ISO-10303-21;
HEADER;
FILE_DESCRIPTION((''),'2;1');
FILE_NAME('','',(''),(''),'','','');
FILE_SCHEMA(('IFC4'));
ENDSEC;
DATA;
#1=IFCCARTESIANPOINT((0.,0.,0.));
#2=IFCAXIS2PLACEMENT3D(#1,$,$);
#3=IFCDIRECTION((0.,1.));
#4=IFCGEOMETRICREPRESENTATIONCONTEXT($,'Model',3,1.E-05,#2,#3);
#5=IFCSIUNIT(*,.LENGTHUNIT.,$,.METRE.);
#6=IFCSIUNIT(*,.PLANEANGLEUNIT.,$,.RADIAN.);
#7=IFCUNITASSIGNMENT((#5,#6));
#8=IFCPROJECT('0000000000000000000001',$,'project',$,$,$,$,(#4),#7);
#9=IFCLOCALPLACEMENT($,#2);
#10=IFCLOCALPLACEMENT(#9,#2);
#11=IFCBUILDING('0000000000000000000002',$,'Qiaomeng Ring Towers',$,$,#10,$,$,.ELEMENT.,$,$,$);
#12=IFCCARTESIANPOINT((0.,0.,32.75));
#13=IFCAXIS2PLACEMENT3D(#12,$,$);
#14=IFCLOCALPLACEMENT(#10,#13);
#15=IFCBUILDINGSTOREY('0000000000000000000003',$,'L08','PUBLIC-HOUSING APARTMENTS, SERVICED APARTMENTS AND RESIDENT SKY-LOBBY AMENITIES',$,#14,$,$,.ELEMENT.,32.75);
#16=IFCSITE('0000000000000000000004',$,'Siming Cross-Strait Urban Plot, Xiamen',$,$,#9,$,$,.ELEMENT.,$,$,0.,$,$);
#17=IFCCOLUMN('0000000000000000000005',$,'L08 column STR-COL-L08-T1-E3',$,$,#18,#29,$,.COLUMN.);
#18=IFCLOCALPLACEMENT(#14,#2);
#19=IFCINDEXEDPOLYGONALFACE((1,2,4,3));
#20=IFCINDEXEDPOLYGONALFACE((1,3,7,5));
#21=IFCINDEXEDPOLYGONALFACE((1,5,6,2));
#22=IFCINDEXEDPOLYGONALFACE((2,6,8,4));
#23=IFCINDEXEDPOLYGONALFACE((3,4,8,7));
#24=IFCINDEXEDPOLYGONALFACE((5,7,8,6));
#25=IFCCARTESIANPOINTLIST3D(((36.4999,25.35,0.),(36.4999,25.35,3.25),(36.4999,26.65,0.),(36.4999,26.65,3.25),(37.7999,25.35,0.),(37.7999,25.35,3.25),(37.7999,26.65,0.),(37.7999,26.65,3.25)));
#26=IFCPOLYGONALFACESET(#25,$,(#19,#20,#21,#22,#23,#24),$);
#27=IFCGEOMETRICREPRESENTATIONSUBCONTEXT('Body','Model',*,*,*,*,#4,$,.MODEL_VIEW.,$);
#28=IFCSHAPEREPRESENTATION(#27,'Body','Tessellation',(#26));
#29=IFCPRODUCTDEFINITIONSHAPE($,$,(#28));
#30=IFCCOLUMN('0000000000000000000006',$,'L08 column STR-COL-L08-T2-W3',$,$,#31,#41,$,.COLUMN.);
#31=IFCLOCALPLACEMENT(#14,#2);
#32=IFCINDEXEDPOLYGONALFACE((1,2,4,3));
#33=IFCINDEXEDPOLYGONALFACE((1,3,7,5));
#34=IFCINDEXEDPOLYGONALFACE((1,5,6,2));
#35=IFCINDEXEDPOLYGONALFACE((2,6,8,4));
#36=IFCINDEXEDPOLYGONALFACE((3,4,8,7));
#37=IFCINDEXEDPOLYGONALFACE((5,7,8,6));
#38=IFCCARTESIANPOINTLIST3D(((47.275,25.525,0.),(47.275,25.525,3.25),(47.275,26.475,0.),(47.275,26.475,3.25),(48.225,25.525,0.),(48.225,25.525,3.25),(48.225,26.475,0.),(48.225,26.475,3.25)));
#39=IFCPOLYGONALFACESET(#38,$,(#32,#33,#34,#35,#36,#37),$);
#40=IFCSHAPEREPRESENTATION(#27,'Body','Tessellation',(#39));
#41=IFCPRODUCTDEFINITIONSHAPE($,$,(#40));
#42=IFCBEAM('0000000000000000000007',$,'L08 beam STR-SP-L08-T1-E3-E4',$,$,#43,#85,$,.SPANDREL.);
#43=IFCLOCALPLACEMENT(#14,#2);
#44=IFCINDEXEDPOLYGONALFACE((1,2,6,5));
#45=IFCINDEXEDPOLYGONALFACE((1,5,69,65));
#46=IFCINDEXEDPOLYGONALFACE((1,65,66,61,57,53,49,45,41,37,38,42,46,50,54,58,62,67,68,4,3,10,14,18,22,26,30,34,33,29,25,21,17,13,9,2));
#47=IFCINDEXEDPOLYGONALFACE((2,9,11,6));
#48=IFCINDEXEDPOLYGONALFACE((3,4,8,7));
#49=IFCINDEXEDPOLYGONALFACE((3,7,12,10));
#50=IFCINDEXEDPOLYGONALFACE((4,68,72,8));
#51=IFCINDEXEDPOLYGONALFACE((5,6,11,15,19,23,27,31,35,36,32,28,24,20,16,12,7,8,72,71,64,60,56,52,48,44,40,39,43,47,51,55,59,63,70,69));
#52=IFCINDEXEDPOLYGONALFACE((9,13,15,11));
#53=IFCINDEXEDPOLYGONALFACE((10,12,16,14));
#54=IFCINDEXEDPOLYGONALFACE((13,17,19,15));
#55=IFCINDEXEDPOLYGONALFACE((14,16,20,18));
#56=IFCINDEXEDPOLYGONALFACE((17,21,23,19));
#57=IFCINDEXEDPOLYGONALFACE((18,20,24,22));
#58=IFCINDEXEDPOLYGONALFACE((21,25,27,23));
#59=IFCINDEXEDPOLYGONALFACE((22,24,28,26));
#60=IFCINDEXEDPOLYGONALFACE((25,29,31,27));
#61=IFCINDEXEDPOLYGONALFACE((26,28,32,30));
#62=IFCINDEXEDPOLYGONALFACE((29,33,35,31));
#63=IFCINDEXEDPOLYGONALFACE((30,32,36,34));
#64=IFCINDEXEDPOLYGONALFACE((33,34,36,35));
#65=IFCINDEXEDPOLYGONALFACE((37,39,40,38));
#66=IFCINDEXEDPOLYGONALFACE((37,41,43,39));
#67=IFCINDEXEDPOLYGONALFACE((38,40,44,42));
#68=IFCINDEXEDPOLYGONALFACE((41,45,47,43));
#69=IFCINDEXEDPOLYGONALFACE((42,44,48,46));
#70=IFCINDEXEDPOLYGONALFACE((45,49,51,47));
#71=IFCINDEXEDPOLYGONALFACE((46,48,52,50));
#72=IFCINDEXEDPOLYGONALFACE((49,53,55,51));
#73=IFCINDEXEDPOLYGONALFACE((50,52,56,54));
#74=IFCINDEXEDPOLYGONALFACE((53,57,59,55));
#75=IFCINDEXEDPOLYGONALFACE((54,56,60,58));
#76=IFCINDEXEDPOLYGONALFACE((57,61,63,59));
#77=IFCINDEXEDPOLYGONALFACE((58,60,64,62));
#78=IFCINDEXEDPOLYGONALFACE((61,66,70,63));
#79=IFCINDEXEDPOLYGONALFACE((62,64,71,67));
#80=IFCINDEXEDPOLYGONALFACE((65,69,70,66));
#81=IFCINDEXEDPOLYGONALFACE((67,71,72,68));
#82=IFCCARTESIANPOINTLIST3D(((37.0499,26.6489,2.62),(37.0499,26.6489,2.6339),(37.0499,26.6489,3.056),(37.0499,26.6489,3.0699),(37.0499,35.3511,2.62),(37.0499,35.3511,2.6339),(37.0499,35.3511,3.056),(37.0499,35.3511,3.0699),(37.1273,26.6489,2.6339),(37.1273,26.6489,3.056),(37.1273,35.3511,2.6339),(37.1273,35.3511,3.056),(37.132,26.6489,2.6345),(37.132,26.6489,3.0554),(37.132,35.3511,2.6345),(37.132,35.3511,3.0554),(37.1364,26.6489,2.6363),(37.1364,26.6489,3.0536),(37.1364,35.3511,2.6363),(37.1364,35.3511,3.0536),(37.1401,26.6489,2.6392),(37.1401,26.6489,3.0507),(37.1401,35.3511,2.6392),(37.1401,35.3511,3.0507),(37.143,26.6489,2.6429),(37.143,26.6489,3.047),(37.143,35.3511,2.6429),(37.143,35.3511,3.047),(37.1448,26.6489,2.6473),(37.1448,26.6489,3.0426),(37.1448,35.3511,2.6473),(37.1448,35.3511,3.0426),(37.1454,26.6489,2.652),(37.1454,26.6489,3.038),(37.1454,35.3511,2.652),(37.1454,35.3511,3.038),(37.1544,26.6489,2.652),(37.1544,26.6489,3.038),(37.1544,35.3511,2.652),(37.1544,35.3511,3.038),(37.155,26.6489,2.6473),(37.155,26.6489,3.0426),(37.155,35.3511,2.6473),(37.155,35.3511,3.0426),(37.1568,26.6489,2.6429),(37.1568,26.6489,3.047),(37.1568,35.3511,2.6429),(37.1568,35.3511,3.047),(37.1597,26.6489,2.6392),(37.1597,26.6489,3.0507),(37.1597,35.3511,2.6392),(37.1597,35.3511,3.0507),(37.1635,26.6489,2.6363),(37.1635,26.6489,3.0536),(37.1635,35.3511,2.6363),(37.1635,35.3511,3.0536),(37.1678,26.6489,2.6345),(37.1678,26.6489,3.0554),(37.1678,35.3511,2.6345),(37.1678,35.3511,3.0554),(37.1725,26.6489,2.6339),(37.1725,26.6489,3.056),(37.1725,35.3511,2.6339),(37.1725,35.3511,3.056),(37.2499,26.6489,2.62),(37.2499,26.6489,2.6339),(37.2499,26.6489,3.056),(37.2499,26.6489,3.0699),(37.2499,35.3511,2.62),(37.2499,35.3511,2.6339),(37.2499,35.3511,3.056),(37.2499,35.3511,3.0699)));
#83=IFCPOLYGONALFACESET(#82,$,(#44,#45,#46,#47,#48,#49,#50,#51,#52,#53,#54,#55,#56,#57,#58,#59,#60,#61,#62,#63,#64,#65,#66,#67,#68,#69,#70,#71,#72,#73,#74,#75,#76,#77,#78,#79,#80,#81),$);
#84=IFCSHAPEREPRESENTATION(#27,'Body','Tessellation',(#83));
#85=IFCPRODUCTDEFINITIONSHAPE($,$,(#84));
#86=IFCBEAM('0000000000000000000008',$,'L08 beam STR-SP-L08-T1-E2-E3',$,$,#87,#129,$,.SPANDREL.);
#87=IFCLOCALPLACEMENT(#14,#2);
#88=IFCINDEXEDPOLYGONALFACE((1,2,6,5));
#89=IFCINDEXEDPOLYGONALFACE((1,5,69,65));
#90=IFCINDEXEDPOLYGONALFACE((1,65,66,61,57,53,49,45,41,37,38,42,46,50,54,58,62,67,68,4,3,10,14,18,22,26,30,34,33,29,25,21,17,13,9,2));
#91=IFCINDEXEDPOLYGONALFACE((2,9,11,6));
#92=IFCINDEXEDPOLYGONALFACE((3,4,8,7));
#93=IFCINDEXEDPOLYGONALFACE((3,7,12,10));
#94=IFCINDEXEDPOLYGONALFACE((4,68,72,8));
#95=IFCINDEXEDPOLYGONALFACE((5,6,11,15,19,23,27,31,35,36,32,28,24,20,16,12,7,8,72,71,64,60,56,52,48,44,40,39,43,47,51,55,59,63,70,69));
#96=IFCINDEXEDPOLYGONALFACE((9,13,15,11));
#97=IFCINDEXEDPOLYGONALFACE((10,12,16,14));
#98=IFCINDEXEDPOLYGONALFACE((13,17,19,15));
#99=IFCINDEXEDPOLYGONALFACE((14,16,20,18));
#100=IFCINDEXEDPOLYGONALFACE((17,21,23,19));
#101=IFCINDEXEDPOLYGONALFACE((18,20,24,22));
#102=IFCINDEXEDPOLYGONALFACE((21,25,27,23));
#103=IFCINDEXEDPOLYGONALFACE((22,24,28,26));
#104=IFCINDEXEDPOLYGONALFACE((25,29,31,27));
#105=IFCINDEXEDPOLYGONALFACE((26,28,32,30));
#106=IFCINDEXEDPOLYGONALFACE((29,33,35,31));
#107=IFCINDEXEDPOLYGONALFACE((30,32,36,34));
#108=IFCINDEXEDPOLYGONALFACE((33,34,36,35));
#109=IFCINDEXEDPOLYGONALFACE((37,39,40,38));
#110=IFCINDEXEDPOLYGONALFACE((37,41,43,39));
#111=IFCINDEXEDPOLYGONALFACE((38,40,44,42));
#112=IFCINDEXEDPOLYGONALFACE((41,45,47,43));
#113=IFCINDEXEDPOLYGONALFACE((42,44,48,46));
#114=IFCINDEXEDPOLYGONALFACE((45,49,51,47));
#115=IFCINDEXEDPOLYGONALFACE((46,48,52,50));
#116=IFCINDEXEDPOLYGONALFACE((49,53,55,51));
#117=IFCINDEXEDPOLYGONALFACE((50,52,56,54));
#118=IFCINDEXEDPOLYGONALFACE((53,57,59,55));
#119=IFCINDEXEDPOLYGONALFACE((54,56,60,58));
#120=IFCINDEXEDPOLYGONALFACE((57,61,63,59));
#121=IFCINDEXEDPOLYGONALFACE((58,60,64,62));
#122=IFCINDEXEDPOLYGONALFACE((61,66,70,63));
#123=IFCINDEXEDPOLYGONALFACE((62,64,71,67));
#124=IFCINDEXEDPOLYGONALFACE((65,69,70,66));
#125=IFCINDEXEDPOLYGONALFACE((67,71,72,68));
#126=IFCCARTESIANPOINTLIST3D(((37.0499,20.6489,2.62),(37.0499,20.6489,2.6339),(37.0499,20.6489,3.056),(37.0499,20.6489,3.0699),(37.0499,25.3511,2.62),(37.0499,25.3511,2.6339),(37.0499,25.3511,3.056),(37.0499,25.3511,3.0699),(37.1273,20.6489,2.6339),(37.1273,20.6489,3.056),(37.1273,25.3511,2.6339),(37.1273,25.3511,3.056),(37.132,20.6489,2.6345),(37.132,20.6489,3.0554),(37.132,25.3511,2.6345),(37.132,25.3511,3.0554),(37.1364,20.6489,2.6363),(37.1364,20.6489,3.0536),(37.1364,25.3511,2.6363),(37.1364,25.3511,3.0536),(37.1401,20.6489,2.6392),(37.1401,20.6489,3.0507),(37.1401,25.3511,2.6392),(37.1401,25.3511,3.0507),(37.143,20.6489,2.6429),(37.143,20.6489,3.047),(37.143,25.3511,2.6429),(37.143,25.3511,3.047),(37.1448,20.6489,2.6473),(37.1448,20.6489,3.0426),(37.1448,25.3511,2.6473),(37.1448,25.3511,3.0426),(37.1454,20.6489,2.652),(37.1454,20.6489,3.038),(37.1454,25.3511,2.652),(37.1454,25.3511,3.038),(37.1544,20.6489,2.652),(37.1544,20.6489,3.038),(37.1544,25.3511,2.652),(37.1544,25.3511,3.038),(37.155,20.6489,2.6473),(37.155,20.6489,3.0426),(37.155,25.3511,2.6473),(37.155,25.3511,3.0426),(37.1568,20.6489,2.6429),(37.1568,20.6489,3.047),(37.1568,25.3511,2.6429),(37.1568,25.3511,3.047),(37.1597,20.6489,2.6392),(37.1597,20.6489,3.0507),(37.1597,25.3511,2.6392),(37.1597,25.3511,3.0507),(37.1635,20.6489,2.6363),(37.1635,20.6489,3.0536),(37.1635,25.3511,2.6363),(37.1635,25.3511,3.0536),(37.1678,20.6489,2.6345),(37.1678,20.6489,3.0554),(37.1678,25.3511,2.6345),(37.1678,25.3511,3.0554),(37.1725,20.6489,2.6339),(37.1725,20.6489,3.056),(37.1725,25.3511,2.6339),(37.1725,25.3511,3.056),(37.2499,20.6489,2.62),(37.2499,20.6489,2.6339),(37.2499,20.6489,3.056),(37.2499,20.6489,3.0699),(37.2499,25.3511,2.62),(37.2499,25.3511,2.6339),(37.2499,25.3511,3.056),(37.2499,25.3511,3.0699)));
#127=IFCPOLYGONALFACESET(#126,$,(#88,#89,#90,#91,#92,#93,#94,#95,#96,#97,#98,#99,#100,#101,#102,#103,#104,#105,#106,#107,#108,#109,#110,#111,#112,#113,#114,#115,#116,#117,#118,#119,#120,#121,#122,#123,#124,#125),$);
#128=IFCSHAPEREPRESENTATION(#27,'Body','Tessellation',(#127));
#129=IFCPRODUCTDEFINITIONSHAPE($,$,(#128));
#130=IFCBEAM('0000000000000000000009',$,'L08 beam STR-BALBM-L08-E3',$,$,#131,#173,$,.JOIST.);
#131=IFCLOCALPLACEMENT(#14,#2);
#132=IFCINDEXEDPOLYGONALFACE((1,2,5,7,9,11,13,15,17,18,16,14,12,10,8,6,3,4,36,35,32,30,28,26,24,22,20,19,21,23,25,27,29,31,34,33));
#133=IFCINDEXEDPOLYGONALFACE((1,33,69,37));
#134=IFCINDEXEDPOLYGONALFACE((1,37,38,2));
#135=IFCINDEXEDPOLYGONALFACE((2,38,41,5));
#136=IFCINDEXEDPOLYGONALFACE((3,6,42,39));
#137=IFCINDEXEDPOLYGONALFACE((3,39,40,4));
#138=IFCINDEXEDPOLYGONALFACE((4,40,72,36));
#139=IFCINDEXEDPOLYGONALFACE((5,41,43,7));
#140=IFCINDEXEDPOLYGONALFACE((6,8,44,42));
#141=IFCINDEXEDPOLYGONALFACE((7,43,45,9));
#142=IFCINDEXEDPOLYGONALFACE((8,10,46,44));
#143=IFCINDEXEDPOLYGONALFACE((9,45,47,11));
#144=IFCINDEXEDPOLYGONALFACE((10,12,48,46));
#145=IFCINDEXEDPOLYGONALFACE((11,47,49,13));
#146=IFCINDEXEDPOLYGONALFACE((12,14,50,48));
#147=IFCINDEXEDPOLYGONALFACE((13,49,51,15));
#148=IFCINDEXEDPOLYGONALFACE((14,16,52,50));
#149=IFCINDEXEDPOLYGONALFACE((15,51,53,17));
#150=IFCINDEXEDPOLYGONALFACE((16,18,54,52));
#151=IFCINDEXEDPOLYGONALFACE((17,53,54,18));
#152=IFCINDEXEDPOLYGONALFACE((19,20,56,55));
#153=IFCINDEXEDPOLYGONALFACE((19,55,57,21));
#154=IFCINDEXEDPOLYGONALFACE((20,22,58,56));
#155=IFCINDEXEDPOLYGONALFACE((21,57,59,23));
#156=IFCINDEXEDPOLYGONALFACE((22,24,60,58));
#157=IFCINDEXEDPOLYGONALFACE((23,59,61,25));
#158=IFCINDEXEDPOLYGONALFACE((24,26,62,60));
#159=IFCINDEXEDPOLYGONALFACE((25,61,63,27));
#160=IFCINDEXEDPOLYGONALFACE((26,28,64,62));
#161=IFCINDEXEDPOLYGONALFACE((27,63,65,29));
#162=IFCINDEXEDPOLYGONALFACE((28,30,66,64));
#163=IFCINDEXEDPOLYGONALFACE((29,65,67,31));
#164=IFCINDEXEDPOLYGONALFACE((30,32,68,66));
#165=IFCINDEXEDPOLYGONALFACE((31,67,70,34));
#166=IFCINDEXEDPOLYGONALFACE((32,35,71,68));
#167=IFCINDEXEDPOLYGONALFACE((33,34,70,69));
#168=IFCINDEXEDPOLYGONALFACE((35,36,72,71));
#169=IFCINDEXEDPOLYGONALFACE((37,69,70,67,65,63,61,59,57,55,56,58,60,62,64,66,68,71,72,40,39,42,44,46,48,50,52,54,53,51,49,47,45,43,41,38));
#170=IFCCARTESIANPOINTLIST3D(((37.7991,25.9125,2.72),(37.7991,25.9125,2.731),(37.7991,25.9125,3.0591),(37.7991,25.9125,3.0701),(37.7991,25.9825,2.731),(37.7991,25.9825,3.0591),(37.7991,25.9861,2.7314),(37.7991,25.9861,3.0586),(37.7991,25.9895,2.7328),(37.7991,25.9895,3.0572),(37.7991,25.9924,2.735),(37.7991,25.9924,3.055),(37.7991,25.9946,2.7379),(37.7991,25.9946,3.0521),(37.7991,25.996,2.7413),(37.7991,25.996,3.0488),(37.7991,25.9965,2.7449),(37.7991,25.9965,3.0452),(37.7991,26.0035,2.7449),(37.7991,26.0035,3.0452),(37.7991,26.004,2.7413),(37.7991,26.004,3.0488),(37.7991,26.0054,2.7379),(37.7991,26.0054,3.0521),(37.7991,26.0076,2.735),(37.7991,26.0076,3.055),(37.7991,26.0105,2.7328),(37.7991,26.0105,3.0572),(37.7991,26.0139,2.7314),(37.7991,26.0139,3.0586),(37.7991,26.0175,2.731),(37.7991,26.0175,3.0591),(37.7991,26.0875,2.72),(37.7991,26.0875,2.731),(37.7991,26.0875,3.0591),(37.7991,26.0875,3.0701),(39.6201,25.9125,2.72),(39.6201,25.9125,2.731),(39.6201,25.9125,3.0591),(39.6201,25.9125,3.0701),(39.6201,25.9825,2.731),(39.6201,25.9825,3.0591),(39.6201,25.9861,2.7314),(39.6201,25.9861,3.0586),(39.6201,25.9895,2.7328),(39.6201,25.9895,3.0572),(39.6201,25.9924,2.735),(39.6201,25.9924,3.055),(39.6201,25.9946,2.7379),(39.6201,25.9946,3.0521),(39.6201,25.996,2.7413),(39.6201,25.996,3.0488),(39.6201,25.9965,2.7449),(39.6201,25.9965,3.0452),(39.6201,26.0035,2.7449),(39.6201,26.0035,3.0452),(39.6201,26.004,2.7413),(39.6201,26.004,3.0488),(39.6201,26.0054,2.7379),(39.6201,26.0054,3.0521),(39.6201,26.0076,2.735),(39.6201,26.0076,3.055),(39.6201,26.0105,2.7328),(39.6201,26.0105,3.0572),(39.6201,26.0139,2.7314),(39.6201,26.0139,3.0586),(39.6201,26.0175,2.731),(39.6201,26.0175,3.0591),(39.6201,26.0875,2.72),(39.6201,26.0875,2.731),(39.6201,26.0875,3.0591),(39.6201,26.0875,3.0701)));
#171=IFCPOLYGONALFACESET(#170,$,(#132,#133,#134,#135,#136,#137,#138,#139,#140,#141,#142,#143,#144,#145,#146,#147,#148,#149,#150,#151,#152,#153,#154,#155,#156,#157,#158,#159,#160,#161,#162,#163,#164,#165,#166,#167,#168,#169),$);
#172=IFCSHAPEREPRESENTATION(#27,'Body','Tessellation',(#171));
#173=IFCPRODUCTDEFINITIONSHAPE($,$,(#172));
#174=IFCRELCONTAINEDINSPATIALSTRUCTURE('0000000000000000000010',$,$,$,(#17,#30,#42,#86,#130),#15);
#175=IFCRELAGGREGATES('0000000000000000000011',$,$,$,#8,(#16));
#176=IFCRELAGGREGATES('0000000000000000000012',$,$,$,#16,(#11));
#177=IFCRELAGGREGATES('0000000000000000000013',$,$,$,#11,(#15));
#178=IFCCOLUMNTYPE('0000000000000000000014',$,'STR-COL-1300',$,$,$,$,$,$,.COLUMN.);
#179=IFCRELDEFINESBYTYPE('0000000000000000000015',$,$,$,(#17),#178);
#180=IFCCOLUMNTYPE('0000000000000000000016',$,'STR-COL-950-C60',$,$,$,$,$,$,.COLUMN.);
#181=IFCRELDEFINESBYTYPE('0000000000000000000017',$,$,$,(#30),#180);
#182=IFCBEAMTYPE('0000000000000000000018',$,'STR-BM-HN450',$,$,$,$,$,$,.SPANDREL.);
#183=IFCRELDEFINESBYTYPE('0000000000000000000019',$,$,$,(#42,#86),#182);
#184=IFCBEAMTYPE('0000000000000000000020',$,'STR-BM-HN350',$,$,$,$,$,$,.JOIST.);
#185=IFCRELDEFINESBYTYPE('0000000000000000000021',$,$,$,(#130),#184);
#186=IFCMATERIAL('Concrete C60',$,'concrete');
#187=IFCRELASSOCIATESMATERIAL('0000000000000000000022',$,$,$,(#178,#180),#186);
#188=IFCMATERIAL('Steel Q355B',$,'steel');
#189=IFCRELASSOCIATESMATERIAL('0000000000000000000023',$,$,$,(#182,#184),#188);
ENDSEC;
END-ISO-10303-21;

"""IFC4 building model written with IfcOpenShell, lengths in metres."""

from ifc_helpers import new_model, si_unit, direction, frame, origin, origin_2d, place, context, subcontext, project, spatial, rectangle, i_section, extrude, source, transform, mapped, material, material_profile, profile_set, type_object, element, save


model = new_model("IFC4")

# Units and contexts
model_context = context("Model", 3, precision=1e-05, world=origin(), true_north=direction((0.0, 1.0)))
body_context = subcontext(model_context, "Body", "Model", "MODEL_VIEW")
ifc_project = project(units=[si_unit("LENGTHUNIT", "METRE"), si_unit("PLANEANGLEUNIT", "RADIAN")], contexts=[model_context])

# Site, building, storey
site_placement = place(None, origin())
site = spatial("IfcSite", under=ifc_project, at=site_placement, Name="Siming Cross-Strait Urban Plot, Xiamen", CompositionType="ELEMENT", RefElevation=0.0)
building_placement = place(site_placement, origin())
building = spatial("IfcBuilding", under=site, at=building_placement, Name="Qiaomeng Ring Towers", CompositionType="ELEMENT")
storey_placement = place(building_placement, frame((0.0, 0.0, 32.75)))
storey = spatial("IfcBuildingStorey", under=building, at=storey_placement, Name="L08", Description="PUBLIC-HOUSING APARTMENTS, SERVICED APARTMENTS AND RESIDENT SKY-LOBBY AMENITIES", CompositionType="ELEMENT", Elevation=32.75)

# Columns
ifc_material_1 = material(Name="Concrete C60", Category="concrete")
ifc_material_profile_1 = material_profile(ifc_material_1, rectangle(XDim=1.3, YDim=1.3, at=origin_2d()), Name="RC COL 1300x1300")
ifc_profile_set_1 = profile_set([ifc_material_profile_1], Name="Concrete C60")
column_type_1 = type_object("IfcColumnType", Name="STR-COL-1300", PredefinedType="COLUMN", material=ifc_profile_set_1)
shared_shape_1 = source(origin(), body_context, "Body", "SweptSolid", [
    extrude(rectangle(XDim=1.3, YDim=1.3, at=origin_2d()), origin(), (0.0, 0.0, 1.0), 3.25),
])
column_1_placement = place(storey_placement, frame((37.1499, 26.0, 0.0), z_axis=(0.0, 0.0, 1.0), x_axis=(1.0, 0.0, 0.0)))
element("IfcColumn", 1, at=column_1_placement, inside=storey, type_object=column_type_1, Name="L08 column STR-COL-L08-T1-E3", PredefinedType="COLUMN", context=body_context, shape_type="MappedRepresentation", body=[
    mapped(shared_shape_1, transform((0.0, 0.0, 0.0), x_axis=(1.0, 0.0, 0.0), y_axis=(0.0, 1.0, 0.0), z_axis=(0.0, 0.0, 1.0), scale=1.0)),
])
ifc_material_profile_2 = material_profile(ifc_material_1, rectangle(XDim=0.95, YDim=0.95, at=origin_2d()), Name="RC COL 950x950")
ifc_profile_set_2 = profile_set([ifc_material_profile_2], Name="Concrete C60")
column_type_2 = type_object("IfcColumnType", Name="STR-COL-950-C60", PredefinedType="COLUMN", material=ifc_profile_set_2)
shared_shape_2 = source(origin(), body_context, "Body", "SweptSolid", [
    extrude(rectangle(XDim=0.95, YDim=0.95, at=origin_2d()), origin(), (0.0, 0.0, 1.0), 3.25),
])
column_2_placement = place(storey_placement, frame((47.75, 26.0, 0.0), z_axis=(0.0, 0.0, 1.0), x_axis=(1.0, 0.0, 0.0)))
element("IfcColumn", 2, at=column_2_placement, inside=storey, type_object=column_type_2, Name="L08 column STR-COL-L08-T2-W3", PredefinedType="COLUMN", context=body_context, shape_type="MappedRepresentation", body=[
    mapped(shared_shape_2, transform((0.0, 0.0, 0.0), x_axis=(1.0, 0.0, 0.0), y_axis=(0.0, 1.0, 0.0), z_axis=(0.0, 0.0, 1.0), scale=1.0)),
])

# Beams
ifc_material_2 = material(Name="Steel Q355B", Category="steel")
ifc_material_profile_3 = material_profile(ifc_material_2, i_section(OverallWidth=0.2, OverallDepth=0.45, WebThickness=0.009, FlangeThickness=0.0139, FilletRadius=0.0181, at=origin_2d()), Name="HN 450x200x9x14")
ifc_profile_set_3 = profile_set([ifc_material_profile_3], Name="Steel Q355B")
beam_type_1 = type_object("IfcBeamType", Name="STR-BM-HN450", PredefinedType="SPANDREL", material=ifc_profile_set_3)
shared_shape_3 = source(origin(), body_context, "Body", "SweptSolid", [
    extrude(i_section(OverallWidth=0.2, OverallDepth=0.45, WebThickness=0.009, FlangeThickness=0.0139, FilletRadius=0.0181, at=origin_2d()), origin(), (0.0, 0.0, 1.0), 8.7021),
])
beam_1_placement = place(storey_placement, frame((37.1499, 26.6489, 2.845), z_axis=(0.0, 1.0, 0.0), x_axis=(-1.0, 0.0, 0.0)))
element("IfcBeam", 3, at=beam_1_placement, inside=storey, type_object=beam_type_1, Name="L08 beam STR-SP-L08-T1-E3-E4", PredefinedType="SPANDREL", context=body_context, shape_type="MappedRepresentation", body=[
    mapped(shared_shape_3, transform((0.0, 0.0, 0.0), x_axis=(1.0, 0.0, 0.0), y_axis=(0.0, 1.0, 0.0), z_axis=(0.0, 0.0, 1.0), scale=1.0)),
])
shared_shape_4 = source(origin(), body_context, "Body", "SweptSolid", [
    extrude(i_section(OverallWidth=0.2, OverallDepth=0.45, WebThickness=0.009, FlangeThickness=0.0139, FilletRadius=0.0181, at=origin_2d()), origin(), (0.0, 0.0, 1.0), 4.7021),
])
beam_2_placement = place(storey_placement, frame((37.1499, 20.6489, 2.845), z_axis=(0.0, 1.0, 0.0), x_axis=(-1.0, 0.0, 0.0)))
element("IfcBeam", 4, at=beam_2_placement, inside=storey, type_object=beam_type_1, Name="L08 beam STR-SP-L08-T1-E2-E3", PredefinedType="SPANDREL", context=body_context, shape_type="MappedRepresentation", body=[
    mapped(shared_shape_4, transform((0.0, 0.0, 0.0), x_axis=(1.0, 0.0, 0.0), y_axis=(0.0, 1.0, 0.0), z_axis=(0.0, 0.0, 1.0), scale=1.0)),
])
ifc_material_profile_4 = material_profile(ifc_material_2, i_section(OverallWidth=0.175, OverallDepth=0.3501, WebThickness=0.0071, FlangeThickness=0.011, FilletRadius=0.0139, at=origin_2d()), Name="HN 350x175x7x11")
ifc_profile_set_4 = profile_set([ifc_material_profile_4], Name="Steel Q355B")
beam_type_2 = type_object("IfcBeamType", Name="STR-BM-HN350", PredefinedType="JOIST", material=ifc_profile_set_4)
shared_shape_5 = source(origin(), body_context, "Body", "SweptSolid", [
    extrude(i_section(OverallWidth=0.175, OverallDepth=0.3501, WebThickness=0.0071, FlangeThickness=0.011, FilletRadius=0.0139, at=origin_2d()), origin(), (0.0, 0.0, 1.0), 1.821),
])
beam_3_placement = place(storey_placement, frame((37.7991, 26.0, 2.895), z_axis=(1.0, 0.0, 0.0), x_axis=(0.0, 1.0, 0.0)))
element("IfcBeam", 5, at=beam_3_placement, inside=storey, type_object=beam_type_2, Name="L08 beam STR-BALBM-L08-E3", PredefinedType="JOIST", context=body_context, shape_type="MappedRepresentation", body=[
    mapped(shared_shape_5, transform((0.0, 0.0, 0.0), x_axis=(1.0, 0.0, 0.0), y_axis=(0.0, 1.0, 0.0), z_axis=(0.0, 0.0, 1.0), scale=1.0)),
])

save(model, "model.ifc")
